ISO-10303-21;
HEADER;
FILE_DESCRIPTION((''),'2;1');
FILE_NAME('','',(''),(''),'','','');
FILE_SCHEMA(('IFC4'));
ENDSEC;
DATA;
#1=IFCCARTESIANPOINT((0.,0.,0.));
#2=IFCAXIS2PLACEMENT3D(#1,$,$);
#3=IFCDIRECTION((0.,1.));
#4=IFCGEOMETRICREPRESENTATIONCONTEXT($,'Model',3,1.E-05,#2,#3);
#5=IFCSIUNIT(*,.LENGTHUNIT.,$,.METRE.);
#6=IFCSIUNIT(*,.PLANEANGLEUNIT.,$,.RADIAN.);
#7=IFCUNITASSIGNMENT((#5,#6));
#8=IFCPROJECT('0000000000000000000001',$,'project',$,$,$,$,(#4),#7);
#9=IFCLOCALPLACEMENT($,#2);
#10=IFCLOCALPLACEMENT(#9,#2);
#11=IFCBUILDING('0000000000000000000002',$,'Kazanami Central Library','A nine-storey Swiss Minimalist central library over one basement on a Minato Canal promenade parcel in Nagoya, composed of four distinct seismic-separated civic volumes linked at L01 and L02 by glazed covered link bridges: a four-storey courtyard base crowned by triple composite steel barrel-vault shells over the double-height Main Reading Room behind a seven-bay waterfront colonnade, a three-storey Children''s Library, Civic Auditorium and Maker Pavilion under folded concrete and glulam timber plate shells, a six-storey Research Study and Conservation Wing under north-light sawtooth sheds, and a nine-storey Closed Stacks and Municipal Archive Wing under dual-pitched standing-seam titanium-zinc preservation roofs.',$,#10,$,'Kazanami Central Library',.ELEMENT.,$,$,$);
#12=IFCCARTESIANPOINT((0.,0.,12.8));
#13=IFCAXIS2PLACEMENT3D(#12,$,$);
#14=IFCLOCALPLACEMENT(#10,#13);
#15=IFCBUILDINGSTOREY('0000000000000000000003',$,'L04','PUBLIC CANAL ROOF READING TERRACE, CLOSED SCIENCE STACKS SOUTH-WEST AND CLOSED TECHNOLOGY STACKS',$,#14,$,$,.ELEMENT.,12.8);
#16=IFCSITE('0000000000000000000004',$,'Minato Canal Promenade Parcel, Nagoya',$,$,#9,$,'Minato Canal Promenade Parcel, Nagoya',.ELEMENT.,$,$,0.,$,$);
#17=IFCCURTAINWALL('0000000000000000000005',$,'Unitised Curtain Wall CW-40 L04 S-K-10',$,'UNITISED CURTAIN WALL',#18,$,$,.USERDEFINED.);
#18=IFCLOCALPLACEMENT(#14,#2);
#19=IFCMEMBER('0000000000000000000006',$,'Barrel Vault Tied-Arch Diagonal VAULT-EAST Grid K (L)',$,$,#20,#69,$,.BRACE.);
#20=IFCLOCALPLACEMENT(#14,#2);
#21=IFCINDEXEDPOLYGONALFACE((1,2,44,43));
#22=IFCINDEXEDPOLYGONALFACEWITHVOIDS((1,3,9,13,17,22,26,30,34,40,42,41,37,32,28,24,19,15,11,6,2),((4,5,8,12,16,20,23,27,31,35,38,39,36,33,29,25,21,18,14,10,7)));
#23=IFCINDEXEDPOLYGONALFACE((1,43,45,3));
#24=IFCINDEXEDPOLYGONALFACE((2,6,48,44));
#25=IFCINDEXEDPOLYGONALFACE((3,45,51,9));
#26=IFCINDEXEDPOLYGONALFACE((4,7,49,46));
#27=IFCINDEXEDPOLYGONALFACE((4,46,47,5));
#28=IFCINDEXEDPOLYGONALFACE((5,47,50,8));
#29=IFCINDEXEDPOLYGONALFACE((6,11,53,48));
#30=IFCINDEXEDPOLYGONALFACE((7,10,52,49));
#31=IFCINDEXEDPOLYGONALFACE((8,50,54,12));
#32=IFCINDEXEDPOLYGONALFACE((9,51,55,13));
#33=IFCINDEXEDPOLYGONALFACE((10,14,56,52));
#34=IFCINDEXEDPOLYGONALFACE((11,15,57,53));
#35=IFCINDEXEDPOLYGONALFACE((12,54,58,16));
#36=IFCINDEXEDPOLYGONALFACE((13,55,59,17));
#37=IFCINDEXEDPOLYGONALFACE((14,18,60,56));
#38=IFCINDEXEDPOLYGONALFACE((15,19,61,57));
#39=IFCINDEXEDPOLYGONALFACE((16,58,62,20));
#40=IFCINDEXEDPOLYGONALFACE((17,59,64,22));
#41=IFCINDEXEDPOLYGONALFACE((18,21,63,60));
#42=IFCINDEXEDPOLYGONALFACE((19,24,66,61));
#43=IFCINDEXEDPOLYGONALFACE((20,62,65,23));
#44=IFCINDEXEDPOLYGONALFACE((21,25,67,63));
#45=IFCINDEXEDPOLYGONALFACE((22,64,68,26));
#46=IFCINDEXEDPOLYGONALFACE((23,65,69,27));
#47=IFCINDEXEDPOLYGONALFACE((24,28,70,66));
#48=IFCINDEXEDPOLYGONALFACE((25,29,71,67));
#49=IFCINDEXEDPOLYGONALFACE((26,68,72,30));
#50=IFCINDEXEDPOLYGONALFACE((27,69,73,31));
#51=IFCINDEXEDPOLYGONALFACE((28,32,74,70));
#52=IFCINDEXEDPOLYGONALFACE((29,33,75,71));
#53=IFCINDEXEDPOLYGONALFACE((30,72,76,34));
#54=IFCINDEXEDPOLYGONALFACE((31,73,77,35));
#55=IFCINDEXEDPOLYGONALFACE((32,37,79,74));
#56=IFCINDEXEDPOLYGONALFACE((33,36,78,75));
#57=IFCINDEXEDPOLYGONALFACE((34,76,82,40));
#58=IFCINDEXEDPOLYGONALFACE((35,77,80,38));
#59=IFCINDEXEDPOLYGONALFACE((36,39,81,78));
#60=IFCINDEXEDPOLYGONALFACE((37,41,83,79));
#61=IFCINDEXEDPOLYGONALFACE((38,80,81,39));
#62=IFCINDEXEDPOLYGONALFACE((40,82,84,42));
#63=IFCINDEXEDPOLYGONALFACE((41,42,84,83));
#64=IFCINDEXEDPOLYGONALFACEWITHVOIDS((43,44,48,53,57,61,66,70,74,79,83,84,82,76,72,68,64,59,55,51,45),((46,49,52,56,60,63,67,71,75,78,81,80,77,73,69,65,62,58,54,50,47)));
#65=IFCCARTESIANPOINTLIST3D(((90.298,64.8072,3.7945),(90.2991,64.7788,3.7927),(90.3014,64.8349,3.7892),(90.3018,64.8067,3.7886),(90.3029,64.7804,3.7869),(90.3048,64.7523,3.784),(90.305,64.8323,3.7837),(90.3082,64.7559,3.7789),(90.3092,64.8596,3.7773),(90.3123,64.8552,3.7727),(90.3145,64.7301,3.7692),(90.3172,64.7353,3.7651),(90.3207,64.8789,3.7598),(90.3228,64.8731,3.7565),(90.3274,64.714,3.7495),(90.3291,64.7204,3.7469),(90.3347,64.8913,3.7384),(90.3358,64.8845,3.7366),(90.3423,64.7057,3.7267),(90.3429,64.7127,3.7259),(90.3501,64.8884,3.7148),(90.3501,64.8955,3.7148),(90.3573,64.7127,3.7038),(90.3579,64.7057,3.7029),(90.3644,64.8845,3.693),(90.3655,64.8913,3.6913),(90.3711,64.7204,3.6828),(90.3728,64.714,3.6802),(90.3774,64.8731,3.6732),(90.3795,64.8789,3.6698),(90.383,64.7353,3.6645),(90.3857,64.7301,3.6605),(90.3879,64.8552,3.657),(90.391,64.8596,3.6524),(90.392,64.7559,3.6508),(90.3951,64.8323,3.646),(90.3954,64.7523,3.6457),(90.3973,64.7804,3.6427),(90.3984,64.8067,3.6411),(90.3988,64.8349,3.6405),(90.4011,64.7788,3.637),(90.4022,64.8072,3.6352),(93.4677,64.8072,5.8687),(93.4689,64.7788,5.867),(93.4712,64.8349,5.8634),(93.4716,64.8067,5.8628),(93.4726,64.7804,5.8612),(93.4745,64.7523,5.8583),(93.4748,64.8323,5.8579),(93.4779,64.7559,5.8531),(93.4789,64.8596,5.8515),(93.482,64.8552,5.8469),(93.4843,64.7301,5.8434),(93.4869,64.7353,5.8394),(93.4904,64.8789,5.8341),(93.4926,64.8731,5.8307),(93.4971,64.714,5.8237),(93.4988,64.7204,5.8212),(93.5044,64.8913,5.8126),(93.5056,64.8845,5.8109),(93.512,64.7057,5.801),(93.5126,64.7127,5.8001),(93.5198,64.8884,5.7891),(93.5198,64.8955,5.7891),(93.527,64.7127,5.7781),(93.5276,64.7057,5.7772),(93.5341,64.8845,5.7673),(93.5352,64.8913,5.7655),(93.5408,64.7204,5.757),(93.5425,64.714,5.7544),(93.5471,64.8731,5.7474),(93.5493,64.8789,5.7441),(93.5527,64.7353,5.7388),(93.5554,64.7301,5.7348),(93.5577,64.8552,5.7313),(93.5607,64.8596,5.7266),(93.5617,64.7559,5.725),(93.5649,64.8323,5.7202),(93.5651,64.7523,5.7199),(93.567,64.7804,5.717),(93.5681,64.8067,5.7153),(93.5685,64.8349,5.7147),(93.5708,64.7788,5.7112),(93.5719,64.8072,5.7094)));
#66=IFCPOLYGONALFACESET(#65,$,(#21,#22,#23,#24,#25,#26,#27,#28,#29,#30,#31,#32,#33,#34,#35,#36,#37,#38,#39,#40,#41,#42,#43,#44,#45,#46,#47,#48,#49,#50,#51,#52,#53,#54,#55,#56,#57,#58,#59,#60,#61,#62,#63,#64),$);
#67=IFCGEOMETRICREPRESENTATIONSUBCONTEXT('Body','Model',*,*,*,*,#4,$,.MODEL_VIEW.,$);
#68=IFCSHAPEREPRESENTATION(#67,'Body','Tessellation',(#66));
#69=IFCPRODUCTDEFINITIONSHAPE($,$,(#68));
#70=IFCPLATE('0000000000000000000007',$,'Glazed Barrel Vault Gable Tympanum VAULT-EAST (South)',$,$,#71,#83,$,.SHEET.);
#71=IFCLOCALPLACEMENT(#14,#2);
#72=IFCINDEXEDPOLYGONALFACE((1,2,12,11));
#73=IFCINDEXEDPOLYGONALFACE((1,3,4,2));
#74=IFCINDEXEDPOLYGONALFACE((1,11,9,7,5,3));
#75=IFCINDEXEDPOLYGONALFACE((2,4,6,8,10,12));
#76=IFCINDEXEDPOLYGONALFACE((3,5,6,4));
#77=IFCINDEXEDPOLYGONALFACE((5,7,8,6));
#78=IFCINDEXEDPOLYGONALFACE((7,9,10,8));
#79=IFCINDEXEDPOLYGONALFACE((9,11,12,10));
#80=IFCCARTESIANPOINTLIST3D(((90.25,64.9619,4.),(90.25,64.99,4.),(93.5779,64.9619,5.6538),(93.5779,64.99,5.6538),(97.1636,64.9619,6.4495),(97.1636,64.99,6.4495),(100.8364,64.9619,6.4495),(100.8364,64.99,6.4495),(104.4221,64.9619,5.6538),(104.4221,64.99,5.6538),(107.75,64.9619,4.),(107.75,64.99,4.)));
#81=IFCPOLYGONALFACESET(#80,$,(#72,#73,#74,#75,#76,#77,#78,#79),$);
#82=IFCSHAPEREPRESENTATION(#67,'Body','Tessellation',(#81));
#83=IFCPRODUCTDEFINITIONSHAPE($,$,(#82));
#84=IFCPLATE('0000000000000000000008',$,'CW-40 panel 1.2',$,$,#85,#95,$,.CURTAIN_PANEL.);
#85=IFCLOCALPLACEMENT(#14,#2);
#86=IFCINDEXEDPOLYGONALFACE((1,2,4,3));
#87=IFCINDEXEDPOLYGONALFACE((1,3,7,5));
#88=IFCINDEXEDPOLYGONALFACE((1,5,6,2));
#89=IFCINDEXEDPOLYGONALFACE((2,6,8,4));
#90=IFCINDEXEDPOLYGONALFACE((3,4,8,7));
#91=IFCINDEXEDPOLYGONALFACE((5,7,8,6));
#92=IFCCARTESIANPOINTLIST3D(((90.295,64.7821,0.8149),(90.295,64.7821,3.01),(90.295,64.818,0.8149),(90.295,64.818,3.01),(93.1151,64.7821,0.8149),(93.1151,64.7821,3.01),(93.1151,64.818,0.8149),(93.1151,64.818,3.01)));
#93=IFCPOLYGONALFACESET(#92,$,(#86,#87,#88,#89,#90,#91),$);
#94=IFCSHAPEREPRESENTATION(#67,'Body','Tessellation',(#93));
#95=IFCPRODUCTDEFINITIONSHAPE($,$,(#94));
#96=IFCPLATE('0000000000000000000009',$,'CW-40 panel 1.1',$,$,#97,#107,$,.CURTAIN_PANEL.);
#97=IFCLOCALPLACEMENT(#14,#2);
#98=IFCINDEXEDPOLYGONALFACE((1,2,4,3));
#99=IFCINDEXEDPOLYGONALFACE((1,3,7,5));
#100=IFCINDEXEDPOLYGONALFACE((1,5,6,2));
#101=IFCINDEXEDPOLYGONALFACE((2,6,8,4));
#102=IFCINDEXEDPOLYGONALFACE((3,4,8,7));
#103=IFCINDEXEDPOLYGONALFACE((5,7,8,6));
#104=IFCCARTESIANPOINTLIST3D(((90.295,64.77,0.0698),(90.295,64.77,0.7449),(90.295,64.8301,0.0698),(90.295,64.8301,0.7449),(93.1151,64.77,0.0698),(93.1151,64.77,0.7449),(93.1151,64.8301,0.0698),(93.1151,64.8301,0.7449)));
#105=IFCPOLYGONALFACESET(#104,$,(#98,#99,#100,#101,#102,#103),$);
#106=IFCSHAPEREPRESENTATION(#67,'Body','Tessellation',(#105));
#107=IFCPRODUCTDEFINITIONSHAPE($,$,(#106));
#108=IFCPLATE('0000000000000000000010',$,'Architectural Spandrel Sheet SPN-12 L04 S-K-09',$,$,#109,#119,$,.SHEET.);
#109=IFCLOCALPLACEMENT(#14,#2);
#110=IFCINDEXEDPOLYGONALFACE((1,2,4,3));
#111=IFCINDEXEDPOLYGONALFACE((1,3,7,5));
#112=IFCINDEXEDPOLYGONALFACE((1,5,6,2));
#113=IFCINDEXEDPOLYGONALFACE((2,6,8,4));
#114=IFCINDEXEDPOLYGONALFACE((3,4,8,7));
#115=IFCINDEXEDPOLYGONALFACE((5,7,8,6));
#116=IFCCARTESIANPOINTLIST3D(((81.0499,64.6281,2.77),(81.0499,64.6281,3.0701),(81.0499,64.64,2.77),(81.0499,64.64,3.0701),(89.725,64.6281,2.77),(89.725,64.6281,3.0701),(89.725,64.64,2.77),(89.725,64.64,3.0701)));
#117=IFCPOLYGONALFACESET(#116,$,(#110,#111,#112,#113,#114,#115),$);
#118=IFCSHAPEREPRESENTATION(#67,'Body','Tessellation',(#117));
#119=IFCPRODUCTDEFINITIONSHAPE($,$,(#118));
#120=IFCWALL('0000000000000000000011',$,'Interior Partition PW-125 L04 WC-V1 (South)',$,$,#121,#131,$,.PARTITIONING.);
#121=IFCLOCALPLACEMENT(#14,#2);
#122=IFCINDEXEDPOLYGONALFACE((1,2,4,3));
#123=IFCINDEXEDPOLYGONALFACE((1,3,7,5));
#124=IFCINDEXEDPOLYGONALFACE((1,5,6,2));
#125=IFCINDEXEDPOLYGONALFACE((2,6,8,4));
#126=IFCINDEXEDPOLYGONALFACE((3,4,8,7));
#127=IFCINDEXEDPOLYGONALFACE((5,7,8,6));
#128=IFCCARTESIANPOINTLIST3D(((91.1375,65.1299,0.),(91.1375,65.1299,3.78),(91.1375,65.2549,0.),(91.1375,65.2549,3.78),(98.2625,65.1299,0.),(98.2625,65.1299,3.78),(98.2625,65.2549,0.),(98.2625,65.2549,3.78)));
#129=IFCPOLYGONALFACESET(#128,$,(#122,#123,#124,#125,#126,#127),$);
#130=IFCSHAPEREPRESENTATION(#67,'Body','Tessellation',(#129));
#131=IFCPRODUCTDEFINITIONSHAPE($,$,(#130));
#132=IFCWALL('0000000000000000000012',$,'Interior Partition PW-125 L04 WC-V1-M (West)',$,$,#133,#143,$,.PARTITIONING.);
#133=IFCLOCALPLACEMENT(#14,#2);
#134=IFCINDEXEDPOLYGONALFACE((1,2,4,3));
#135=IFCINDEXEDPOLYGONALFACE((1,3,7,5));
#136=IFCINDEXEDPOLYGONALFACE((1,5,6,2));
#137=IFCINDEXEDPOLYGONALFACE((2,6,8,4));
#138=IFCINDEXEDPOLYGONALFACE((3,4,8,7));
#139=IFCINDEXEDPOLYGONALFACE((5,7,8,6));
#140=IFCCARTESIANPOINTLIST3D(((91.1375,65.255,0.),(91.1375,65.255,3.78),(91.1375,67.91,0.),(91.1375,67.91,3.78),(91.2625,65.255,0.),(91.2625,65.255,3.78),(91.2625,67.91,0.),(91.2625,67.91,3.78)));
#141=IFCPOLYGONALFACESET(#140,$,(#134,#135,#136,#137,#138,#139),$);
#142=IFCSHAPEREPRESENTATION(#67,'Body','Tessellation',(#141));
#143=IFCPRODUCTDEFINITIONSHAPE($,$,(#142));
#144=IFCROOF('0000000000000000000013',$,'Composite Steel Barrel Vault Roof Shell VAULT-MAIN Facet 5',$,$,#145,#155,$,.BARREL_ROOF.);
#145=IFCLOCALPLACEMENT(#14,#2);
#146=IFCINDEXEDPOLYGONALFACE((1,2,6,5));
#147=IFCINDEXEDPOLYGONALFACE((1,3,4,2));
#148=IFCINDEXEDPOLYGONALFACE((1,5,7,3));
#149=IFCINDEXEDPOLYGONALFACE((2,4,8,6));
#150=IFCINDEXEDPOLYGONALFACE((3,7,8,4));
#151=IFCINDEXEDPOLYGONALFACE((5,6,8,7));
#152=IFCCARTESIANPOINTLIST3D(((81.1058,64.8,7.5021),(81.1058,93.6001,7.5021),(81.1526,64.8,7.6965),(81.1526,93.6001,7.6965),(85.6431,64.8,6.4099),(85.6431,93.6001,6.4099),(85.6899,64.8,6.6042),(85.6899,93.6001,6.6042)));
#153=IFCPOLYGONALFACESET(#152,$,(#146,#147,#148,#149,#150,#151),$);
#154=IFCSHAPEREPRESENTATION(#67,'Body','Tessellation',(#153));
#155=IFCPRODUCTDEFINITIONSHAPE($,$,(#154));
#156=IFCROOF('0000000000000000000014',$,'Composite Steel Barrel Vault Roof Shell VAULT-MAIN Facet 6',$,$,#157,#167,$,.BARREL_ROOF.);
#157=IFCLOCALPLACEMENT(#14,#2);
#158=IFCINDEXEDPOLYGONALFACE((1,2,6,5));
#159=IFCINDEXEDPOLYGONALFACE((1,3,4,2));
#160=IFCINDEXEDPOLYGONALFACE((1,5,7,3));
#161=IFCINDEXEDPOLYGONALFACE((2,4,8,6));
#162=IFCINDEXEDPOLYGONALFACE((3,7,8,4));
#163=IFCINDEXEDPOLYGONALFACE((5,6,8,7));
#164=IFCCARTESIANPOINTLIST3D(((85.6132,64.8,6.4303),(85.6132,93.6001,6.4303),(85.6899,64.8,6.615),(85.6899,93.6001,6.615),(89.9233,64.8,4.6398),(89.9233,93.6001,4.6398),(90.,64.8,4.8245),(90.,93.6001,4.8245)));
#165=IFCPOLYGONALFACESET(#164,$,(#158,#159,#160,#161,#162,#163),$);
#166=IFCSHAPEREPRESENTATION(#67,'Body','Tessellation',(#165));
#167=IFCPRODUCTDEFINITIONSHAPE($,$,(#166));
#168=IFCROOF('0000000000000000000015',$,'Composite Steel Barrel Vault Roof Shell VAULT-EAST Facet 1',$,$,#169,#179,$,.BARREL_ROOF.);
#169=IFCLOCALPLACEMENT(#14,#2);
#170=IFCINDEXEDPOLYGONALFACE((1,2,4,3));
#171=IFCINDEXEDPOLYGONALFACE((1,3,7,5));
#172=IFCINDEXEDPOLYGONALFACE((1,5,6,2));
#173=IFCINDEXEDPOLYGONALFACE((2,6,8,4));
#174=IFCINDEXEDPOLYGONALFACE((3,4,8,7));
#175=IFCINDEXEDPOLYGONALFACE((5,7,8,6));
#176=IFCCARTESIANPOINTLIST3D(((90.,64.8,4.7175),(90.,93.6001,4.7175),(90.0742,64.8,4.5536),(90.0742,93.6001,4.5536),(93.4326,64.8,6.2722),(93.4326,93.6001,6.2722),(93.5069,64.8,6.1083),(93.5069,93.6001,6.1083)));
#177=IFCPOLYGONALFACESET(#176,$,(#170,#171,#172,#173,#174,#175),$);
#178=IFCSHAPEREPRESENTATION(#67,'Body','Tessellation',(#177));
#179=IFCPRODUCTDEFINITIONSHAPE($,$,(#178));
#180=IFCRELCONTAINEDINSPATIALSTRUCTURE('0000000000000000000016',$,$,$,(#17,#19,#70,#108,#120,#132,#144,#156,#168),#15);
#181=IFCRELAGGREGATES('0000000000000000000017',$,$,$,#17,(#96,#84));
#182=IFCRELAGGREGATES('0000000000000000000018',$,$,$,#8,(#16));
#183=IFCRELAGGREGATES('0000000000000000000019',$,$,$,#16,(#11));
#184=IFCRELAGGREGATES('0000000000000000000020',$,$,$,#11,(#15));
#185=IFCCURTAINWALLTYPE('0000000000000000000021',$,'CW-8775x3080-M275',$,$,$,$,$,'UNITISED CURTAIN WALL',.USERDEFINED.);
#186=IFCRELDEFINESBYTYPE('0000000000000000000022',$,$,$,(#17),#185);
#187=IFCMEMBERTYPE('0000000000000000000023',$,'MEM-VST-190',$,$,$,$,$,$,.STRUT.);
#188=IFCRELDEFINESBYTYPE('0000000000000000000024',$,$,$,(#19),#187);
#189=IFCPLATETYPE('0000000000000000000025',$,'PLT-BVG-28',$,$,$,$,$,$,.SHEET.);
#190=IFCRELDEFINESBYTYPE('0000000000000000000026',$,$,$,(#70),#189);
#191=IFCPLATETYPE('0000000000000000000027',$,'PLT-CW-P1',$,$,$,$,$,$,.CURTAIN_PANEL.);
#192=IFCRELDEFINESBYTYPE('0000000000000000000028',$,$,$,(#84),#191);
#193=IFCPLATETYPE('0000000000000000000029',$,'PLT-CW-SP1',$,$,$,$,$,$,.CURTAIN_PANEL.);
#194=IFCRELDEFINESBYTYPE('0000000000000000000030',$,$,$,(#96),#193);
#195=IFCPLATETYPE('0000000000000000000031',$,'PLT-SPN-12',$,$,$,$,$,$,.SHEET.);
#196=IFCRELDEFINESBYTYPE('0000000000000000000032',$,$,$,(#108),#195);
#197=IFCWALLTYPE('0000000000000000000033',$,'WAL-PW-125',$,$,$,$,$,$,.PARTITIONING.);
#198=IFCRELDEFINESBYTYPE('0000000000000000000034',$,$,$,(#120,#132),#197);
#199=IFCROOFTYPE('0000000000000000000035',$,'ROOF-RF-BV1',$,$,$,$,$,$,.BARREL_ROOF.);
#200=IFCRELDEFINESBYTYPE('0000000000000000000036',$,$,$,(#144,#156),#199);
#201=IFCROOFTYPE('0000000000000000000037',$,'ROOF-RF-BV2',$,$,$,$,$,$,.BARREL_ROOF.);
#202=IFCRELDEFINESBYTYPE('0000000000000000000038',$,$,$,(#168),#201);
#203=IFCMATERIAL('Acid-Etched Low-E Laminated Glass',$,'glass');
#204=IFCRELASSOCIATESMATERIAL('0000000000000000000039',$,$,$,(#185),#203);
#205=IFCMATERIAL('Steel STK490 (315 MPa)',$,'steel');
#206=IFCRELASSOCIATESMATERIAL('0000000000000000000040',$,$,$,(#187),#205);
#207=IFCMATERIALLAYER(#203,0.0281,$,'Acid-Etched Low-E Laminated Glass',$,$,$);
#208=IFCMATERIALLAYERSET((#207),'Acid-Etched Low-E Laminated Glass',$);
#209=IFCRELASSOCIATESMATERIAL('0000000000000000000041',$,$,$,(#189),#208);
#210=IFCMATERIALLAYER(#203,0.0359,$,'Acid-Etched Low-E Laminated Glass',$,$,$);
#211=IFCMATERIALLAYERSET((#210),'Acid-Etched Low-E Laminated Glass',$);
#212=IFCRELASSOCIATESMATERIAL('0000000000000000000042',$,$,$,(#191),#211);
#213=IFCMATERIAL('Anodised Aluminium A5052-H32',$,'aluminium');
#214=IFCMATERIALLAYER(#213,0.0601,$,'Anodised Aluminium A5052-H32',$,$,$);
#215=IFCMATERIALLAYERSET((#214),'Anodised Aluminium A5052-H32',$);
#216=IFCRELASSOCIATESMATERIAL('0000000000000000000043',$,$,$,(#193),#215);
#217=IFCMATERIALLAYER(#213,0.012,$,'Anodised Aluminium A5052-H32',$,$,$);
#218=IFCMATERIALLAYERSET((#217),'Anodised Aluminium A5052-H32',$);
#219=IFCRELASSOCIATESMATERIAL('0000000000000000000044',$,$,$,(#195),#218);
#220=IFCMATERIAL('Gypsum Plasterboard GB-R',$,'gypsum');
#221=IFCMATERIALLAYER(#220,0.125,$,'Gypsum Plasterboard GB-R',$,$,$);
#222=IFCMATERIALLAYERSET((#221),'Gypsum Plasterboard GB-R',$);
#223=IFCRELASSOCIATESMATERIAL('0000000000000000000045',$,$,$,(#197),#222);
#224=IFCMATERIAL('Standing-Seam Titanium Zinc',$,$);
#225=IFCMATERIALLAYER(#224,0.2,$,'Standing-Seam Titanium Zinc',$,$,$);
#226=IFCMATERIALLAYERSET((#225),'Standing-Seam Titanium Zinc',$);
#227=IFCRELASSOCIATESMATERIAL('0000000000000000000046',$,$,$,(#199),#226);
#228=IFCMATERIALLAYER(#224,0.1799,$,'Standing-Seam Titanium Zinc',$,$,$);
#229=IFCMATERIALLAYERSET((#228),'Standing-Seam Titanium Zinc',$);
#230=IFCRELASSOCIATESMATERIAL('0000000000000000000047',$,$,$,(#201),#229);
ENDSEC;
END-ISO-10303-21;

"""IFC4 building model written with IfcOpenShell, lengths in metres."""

from ifc_helpers import new_model, si_unit, direction, frame, frame_2d, origin, origin_2d, place, context, subcontext, project, spatial, polyline, rectangle, hollow_circle, outline, extrude, material, layer, layer_set, material_profile, profile_set, type_object, element, aggregate, save


model = new_model("IFC4")

# Units and contexts
model_context = context("Model", 3, precision=1e-05, world=origin(), true_north=direction((0.0, 1.0)))
body_context = subcontext(model_context, "Body", "Model", "MODEL_VIEW")
ifc_project = project(units=[si_unit("LENGTHUNIT", "METRE"), si_unit("PLANEANGLEUNIT", "RADIAN")], contexts=[model_context])

# Site, building, storey
site_placement = place(None, origin())
site = spatial("IfcSite", under=ifc_project, at=site_placement, Name="Minato Canal Promenade Parcel, Nagoya", LongName="Minato Canal Promenade Parcel, Nagoya", CompositionType="ELEMENT", RefElevation=0.0)
building_placement = place(site_placement, origin())
building = spatial("IfcBuilding", under=site, at=building_placement, Name="Kazanami Central Library", Description="A nine-storey Swiss Minimalist central library over one basement on a Minato Canal promenade parcel in Nagoya, composed of four distinct seismic-separated civic volumes linked at L01 and L02 by glazed covered link bridges: a four-storey courtyard base crowned by triple composite steel barrel-vault shells over the double-height Main Reading Room behind a seven-bay waterfront colonnade, a three-storey Children's Library, Civic Auditorium and Maker Pavilion under folded concrete and glulam timber plate shells, a six-storey Research Study and Conservation Wing under north-light sawtooth sheds, and a nine-storey Closed Stacks and Municipal Archive Wing under dual-pitched standing-seam titanium-zinc preservation roofs.", LongName="Kazanami Central Library", CompositionType="ELEMENT")
storey_placement = place(building_placement, frame((0.0, 0.0, 12.8)))
storey = spatial("IfcBuildingStorey", under=building, at=storey_placement, Name="L04", Description="PUBLIC CANAL ROOF READING TERRACE, CLOSED SCIENCE STACKS SOUTH-WEST AND CLOSED TECHNOLOGY STACKS", CompositionType="ELEMENT", Elevation=12.8)

# Curtain wall
ifc_material_1 = material(Name="Acid-Etched Low-E Laminated Glass", Category="glass")
curtain_wall_type = type_object("IfcCurtainWallType", Name="CW-8775x3080-M275", ElementType="UNITISED CURTAIN WALL", PredefinedType="USERDEFINED", material=ifc_material_1)
curtain_wall_placement = place(storey_placement, origin())
curtain_wall = element("IfcCurtainWall", 1, at=curtain_wall_placement, inside=storey, type_object=curtain_wall_type, Name="Unitised Curtain Wall CW-40 L04 S-K-10", ObjectType="UNITISED CURTAIN WALL", PredefinedType="USERDEFINED")

# Member
ifc_material_2 = material(Name="Steel STK490 (315 MPa)", Category="steel")
ifc_material_profile_1 = material_profile(ifc_material_2, hollow_circle(Radius=0.0955, WallThickness=0.0071, at=origin_2d()), Name="CHS-190.7x7.0")
ifc_profile_set_1 = profile_set([ifc_material_profile_1], Name="Steel STK490 (315 MPa)")
member_type_1 = type_object("IfcMemberType", Name="MEM-VST-190", PredefinedType="STRUT", material=ifc_profile_set_1)
member_1_placement = place(storey_placement, frame((90.3501, 64.8, 3.7148), z_axis=(0.83676, 0.0, 0.547571), x_axis=(0.0, 1.0, 0.0)))
element("IfcMember", 2, at=member_1_placement, inside=storey, type_object=member_type_1, Name="Barrel Vault Tied-Arch Diagonal VAULT-EAST Grid K (L)", PredefinedType="BRACE", context=body_context, shape_type="SweptSolid", body=[
    extrude(hollow_circle(Radius=0.0955, WallThickness=0.0071, at=origin_2d()), origin(), (0.0, 0.0, 1.0), 3.7881),
])

# Plates
ifc_layer_1 = layer(ifc_material_1, 0.0281, Name="Acid-Etched Low-E Laminated Glass")
ifc_layer_set_1 = layer_set([ifc_layer_1], Name="Acid-Etched Low-E Laminated Glass")
plate_type_1 = type_object("IfcPlateType", Name="PLT-BVG-28", PredefinedType="SHEET", material=ifc_layer_set_1)
plate_1_placement = place(storey_placement, frame((90.25, 64.9619, 4.0), z_axis=(0.0, -1.0, 0.0), x_axis=(1.0, 0.0, 0.0)))
element("IfcPlate", 3, at=plate_1_placement, inside=storey, type_object=plate_type_1, Name="Glazed Barrel Vault Gable Tympanum VAULT-EAST (South)", PredefinedType="SHEET", context=body_context, shape_type="SweptSolid", body=[
    extrude(outline(polyline([(0.0, 0.0), (17.5, 0.0), (14.1721, 1.6538), (10.5864, 2.4495), (6.9136, 2.4495), (3.3279, 1.6538), (0.0, 0.0)])), origin(), (0.0, 0.0, -1.0), 0.0281),
])
ifc_layer_2 = layer(ifc_material_1, 0.0359, Name="Acid-Etched Low-E Laminated Glass")
ifc_layer_set_2 = layer_set([ifc_layer_2], Name="Acid-Etched Low-E Laminated Glass")
plate_type_2 = type_object("IfcPlateType", Name="PLT-CW-P1", PredefinedType="CURTAIN_PANEL", material=ifc_layer_set_2)
plate_2_placement = place(storey_placement, frame((91.7051, 64.8, 0.8149), z_axis=(0.0, 0.0, 1.0), x_axis=(1.0, 0.0, 0.0)))
plate_2 = element("IfcPlate", 4, at=plate_2_placement, type_object=plate_type_2, Name="CW-40 panel 1.2", PredefinedType="CURTAIN_PANEL", context=body_context, shape_type="SweptSolid", body=[
    extrude(rectangle(XDim=2.8201, YDim=0.0359, at=origin_2d()), origin(), (0.0, 0.0, 1.0), 2.1951),
])
ifc_material_3 = material(Name="Anodised Aluminium A5052-H32", Category="aluminium")
ifc_layer_3 = layer(ifc_material_3, 0.0601, Name="Anodised Aluminium A5052-H32")
ifc_layer_set_3 = layer_set([ifc_layer_3], Name="Anodised Aluminium A5052-H32")
plate_type_3 = type_object("IfcPlateType", Name="PLT-CW-SP1", PredefinedType="CURTAIN_PANEL", material=ifc_layer_set_3)
plate_3_placement = place(storey_placement, frame((91.7051, 64.8, 0.0698), z_axis=(0.0, 0.0, 1.0), x_axis=(1.0, 0.0, 0.0)))
plate_3 = element("IfcPlate", 5, at=plate_3_placement, type_object=plate_type_3, Name="CW-40 panel 1.1", PredefinedType="CURTAIN_PANEL", context=body_context, shape_type="SweptSolid", body=[
    extrude(rectangle(XDim=2.8201, YDim=0.0601, at=origin_2d()), origin(), (0.0, 0.0, 1.0), 0.675),
])
aggregate(curtain_wall, [plate_3, plate_2])
ifc_layer_4 = layer(ifc_material_3, 0.012, Name="Anodised Aluminium A5052-H32")
ifc_layer_set_4 = layer_set([ifc_layer_4], Name="Anodised Aluminium A5052-H32")
plate_type_4 = type_object("IfcPlateType", Name="PLT-SPN-12", PredefinedType="SHEET", material=ifc_layer_set_4)
plate_4_placement = place(storey_placement, frame((85.3875, 64.634, 2.77), z_axis=(0.0, 0.0, 1.0), x_axis=(1.0, 0.0, 0.0)))
element("IfcPlate", 6, at=plate_4_placement, inside=storey, type_object=plate_type_4, Name="Architectural Spandrel Sheet SPN-12 L04 S-K-09", PredefinedType="SHEET", context=body_context, shape_type="SweptSolid", body=[
    extrude(rectangle(XDim=8.675, YDim=0.012, at=origin_2d()), origin(), (0.0, 0.0, 1.0), 0.3),
])

# Walls
ifc_material_4 = material(Name="Gypsum Plasterboard GB-R", Category="gypsum")
ifc_layer_5 = layer(ifc_material_4, 0.125, Name="Gypsum Plasterboard GB-R")
ifc_layer_set_5 = layer_set([ifc_layer_5], Name="Gypsum Plasterboard GB-R")
wall_type = type_object("IfcWallType", Name="WAL-PW-125", PredefinedType="PARTITIONING", material=ifc_layer_set_5)
wall_1_placement = place(storey_placement, frame((91.1375, 65.1924, 0.0), z_axis=(0.0, 0.0, 1.0), x_axis=(1.0, 0.0, 0.0)))
element("IfcWall", 7, at=wall_1_placement, inside=storey, type_object=wall_type, Name="Interior Partition PW-125 L04 WC-V1 (South)", PredefinedType="PARTITIONING", context=body_context, shape_type="SweptSolid", body=[
    extrude(rectangle(XDim=7.125, YDim=0.125, at=frame_2d((3.5625, 0.0))), origin(), (0.0, 0.0, 1.0), 3.78),
])
wall_2_placement = place(storey_placement, frame((91.2, 65.2549, 0.0), z_axis=(0.0, 0.0, 1.0), x_axis=(0.0, 1.0, 0.0)))
element("IfcWall", 8, at=wall_2_placement, inside=storey, type_object=wall_type, Name="Interior Partition PW-125 L04 WC-V1-M (West)", PredefinedType="PARTITIONING", context=body_context, shape_type="SweptSolid", body=[
    extrude(rectangle(XDim=2.655, YDim=0.125, at=frame_2d((1.3276, 0.0))), origin(), (0.0, 0.0, 1.0), 3.78),
])

# Roofs
ifc_material_5 = material(Name="Standing-Seam Titanium Zinc")
ifc_layer_6 = layer(ifc_material_5, 0.2, Name="Standing-Seam Titanium Zinc")
ifc_layer_set_6 = layer_set([ifc_layer_6], Name="Standing-Seam Titanium Zinc")
roof_type_1 = type_object("IfcRoofType", Name="ROOF-RF-BV1", PredefinedType="BARREL_ROOF", material=ifc_layer_set_6)
roof_1_placement = place(storey_placement, frame((81.1526, 64.8, 7.6965), z_axis=(0.234046, 0.0, 0.972226), x_axis=(0.972226, 0.0, -0.234046)))
element("IfcRoof", 9, at=roof_1_placement, inside=storey, type_object=roof_type_1, Name="Composite Steel Barrel Vault Roof Shell VAULT-MAIN Facet 5", PredefinedType="BARREL_ROOF", context=body_context, shape_type="SweptSolid", body=[
    extrude(outline(polyline([(0.0, 0.0), (4.667, 0.0), (4.667, 28.8), (0.0, 28.8), (0.0, 0.0)])), origin(), (0.0, 0.0, -1.0), 0.2),
])
roof_2_placement = place(storey_placement, frame((85.6899, 64.8, 6.615), z_axis=(0.383642, 0.0, 0.923482), x_axis=(0.923482, 0.0, -0.383642)))
element("IfcRoof", 10, at=roof_2_placement, inside=storey, type_object=roof_type_1, Name="Composite Steel Barrel Vault Roof Shell VAULT-MAIN Facet 6", PredefinedType="BARREL_ROOF", context=body_context, shape_type="SweptSolid", body=[
    extrude(outline(polyline([(0.0, 0.0), (4.6672, 0.0), (4.6672, 28.8), (0.0, 28.8), (0.0, 0.0)])), origin(), (0.0, 0.0, -1.0), 0.2),
])
ifc_layer_7 = layer(ifc_material_5, 0.1799, Name="Standing-Seam Titanium Zinc")
ifc_layer_set_7 = layer_set([ifc_layer_7], Name="Standing-Seam Titanium Zinc")
roof_type_2 = type_object("IfcRoofType", Name="ROOF-RF-BV2", PredefinedType="BARREL_ROOF", material=ifc_layer_set_7)
roof_3_placement = place(storey_placement, frame((90.0, 64.8, 4.7175), z_axis=(-0.412572, 0.0, 0.910925), x_axis=(0.910925, 0.0, 0.412572)))
element("IfcRoof", 11, at=roof_3_placement, inside=storey, type_object=roof_type_2, Name="Composite Steel Barrel Vault Roof Shell VAULT-EAST Facet 1", PredefinedType="BARREL_ROOF", context=body_context, shape_type="SweptSolid", body=[
    extrude(outline(polyline([(0.0, 0.0), (3.7683, 0.0), (3.7683, 28.8), (0.0, 28.8), (0.0, 0.0)])), origin(), (0.0, 0.0, -1.0), 0.1799),
])

save(model, "model.ifc")
